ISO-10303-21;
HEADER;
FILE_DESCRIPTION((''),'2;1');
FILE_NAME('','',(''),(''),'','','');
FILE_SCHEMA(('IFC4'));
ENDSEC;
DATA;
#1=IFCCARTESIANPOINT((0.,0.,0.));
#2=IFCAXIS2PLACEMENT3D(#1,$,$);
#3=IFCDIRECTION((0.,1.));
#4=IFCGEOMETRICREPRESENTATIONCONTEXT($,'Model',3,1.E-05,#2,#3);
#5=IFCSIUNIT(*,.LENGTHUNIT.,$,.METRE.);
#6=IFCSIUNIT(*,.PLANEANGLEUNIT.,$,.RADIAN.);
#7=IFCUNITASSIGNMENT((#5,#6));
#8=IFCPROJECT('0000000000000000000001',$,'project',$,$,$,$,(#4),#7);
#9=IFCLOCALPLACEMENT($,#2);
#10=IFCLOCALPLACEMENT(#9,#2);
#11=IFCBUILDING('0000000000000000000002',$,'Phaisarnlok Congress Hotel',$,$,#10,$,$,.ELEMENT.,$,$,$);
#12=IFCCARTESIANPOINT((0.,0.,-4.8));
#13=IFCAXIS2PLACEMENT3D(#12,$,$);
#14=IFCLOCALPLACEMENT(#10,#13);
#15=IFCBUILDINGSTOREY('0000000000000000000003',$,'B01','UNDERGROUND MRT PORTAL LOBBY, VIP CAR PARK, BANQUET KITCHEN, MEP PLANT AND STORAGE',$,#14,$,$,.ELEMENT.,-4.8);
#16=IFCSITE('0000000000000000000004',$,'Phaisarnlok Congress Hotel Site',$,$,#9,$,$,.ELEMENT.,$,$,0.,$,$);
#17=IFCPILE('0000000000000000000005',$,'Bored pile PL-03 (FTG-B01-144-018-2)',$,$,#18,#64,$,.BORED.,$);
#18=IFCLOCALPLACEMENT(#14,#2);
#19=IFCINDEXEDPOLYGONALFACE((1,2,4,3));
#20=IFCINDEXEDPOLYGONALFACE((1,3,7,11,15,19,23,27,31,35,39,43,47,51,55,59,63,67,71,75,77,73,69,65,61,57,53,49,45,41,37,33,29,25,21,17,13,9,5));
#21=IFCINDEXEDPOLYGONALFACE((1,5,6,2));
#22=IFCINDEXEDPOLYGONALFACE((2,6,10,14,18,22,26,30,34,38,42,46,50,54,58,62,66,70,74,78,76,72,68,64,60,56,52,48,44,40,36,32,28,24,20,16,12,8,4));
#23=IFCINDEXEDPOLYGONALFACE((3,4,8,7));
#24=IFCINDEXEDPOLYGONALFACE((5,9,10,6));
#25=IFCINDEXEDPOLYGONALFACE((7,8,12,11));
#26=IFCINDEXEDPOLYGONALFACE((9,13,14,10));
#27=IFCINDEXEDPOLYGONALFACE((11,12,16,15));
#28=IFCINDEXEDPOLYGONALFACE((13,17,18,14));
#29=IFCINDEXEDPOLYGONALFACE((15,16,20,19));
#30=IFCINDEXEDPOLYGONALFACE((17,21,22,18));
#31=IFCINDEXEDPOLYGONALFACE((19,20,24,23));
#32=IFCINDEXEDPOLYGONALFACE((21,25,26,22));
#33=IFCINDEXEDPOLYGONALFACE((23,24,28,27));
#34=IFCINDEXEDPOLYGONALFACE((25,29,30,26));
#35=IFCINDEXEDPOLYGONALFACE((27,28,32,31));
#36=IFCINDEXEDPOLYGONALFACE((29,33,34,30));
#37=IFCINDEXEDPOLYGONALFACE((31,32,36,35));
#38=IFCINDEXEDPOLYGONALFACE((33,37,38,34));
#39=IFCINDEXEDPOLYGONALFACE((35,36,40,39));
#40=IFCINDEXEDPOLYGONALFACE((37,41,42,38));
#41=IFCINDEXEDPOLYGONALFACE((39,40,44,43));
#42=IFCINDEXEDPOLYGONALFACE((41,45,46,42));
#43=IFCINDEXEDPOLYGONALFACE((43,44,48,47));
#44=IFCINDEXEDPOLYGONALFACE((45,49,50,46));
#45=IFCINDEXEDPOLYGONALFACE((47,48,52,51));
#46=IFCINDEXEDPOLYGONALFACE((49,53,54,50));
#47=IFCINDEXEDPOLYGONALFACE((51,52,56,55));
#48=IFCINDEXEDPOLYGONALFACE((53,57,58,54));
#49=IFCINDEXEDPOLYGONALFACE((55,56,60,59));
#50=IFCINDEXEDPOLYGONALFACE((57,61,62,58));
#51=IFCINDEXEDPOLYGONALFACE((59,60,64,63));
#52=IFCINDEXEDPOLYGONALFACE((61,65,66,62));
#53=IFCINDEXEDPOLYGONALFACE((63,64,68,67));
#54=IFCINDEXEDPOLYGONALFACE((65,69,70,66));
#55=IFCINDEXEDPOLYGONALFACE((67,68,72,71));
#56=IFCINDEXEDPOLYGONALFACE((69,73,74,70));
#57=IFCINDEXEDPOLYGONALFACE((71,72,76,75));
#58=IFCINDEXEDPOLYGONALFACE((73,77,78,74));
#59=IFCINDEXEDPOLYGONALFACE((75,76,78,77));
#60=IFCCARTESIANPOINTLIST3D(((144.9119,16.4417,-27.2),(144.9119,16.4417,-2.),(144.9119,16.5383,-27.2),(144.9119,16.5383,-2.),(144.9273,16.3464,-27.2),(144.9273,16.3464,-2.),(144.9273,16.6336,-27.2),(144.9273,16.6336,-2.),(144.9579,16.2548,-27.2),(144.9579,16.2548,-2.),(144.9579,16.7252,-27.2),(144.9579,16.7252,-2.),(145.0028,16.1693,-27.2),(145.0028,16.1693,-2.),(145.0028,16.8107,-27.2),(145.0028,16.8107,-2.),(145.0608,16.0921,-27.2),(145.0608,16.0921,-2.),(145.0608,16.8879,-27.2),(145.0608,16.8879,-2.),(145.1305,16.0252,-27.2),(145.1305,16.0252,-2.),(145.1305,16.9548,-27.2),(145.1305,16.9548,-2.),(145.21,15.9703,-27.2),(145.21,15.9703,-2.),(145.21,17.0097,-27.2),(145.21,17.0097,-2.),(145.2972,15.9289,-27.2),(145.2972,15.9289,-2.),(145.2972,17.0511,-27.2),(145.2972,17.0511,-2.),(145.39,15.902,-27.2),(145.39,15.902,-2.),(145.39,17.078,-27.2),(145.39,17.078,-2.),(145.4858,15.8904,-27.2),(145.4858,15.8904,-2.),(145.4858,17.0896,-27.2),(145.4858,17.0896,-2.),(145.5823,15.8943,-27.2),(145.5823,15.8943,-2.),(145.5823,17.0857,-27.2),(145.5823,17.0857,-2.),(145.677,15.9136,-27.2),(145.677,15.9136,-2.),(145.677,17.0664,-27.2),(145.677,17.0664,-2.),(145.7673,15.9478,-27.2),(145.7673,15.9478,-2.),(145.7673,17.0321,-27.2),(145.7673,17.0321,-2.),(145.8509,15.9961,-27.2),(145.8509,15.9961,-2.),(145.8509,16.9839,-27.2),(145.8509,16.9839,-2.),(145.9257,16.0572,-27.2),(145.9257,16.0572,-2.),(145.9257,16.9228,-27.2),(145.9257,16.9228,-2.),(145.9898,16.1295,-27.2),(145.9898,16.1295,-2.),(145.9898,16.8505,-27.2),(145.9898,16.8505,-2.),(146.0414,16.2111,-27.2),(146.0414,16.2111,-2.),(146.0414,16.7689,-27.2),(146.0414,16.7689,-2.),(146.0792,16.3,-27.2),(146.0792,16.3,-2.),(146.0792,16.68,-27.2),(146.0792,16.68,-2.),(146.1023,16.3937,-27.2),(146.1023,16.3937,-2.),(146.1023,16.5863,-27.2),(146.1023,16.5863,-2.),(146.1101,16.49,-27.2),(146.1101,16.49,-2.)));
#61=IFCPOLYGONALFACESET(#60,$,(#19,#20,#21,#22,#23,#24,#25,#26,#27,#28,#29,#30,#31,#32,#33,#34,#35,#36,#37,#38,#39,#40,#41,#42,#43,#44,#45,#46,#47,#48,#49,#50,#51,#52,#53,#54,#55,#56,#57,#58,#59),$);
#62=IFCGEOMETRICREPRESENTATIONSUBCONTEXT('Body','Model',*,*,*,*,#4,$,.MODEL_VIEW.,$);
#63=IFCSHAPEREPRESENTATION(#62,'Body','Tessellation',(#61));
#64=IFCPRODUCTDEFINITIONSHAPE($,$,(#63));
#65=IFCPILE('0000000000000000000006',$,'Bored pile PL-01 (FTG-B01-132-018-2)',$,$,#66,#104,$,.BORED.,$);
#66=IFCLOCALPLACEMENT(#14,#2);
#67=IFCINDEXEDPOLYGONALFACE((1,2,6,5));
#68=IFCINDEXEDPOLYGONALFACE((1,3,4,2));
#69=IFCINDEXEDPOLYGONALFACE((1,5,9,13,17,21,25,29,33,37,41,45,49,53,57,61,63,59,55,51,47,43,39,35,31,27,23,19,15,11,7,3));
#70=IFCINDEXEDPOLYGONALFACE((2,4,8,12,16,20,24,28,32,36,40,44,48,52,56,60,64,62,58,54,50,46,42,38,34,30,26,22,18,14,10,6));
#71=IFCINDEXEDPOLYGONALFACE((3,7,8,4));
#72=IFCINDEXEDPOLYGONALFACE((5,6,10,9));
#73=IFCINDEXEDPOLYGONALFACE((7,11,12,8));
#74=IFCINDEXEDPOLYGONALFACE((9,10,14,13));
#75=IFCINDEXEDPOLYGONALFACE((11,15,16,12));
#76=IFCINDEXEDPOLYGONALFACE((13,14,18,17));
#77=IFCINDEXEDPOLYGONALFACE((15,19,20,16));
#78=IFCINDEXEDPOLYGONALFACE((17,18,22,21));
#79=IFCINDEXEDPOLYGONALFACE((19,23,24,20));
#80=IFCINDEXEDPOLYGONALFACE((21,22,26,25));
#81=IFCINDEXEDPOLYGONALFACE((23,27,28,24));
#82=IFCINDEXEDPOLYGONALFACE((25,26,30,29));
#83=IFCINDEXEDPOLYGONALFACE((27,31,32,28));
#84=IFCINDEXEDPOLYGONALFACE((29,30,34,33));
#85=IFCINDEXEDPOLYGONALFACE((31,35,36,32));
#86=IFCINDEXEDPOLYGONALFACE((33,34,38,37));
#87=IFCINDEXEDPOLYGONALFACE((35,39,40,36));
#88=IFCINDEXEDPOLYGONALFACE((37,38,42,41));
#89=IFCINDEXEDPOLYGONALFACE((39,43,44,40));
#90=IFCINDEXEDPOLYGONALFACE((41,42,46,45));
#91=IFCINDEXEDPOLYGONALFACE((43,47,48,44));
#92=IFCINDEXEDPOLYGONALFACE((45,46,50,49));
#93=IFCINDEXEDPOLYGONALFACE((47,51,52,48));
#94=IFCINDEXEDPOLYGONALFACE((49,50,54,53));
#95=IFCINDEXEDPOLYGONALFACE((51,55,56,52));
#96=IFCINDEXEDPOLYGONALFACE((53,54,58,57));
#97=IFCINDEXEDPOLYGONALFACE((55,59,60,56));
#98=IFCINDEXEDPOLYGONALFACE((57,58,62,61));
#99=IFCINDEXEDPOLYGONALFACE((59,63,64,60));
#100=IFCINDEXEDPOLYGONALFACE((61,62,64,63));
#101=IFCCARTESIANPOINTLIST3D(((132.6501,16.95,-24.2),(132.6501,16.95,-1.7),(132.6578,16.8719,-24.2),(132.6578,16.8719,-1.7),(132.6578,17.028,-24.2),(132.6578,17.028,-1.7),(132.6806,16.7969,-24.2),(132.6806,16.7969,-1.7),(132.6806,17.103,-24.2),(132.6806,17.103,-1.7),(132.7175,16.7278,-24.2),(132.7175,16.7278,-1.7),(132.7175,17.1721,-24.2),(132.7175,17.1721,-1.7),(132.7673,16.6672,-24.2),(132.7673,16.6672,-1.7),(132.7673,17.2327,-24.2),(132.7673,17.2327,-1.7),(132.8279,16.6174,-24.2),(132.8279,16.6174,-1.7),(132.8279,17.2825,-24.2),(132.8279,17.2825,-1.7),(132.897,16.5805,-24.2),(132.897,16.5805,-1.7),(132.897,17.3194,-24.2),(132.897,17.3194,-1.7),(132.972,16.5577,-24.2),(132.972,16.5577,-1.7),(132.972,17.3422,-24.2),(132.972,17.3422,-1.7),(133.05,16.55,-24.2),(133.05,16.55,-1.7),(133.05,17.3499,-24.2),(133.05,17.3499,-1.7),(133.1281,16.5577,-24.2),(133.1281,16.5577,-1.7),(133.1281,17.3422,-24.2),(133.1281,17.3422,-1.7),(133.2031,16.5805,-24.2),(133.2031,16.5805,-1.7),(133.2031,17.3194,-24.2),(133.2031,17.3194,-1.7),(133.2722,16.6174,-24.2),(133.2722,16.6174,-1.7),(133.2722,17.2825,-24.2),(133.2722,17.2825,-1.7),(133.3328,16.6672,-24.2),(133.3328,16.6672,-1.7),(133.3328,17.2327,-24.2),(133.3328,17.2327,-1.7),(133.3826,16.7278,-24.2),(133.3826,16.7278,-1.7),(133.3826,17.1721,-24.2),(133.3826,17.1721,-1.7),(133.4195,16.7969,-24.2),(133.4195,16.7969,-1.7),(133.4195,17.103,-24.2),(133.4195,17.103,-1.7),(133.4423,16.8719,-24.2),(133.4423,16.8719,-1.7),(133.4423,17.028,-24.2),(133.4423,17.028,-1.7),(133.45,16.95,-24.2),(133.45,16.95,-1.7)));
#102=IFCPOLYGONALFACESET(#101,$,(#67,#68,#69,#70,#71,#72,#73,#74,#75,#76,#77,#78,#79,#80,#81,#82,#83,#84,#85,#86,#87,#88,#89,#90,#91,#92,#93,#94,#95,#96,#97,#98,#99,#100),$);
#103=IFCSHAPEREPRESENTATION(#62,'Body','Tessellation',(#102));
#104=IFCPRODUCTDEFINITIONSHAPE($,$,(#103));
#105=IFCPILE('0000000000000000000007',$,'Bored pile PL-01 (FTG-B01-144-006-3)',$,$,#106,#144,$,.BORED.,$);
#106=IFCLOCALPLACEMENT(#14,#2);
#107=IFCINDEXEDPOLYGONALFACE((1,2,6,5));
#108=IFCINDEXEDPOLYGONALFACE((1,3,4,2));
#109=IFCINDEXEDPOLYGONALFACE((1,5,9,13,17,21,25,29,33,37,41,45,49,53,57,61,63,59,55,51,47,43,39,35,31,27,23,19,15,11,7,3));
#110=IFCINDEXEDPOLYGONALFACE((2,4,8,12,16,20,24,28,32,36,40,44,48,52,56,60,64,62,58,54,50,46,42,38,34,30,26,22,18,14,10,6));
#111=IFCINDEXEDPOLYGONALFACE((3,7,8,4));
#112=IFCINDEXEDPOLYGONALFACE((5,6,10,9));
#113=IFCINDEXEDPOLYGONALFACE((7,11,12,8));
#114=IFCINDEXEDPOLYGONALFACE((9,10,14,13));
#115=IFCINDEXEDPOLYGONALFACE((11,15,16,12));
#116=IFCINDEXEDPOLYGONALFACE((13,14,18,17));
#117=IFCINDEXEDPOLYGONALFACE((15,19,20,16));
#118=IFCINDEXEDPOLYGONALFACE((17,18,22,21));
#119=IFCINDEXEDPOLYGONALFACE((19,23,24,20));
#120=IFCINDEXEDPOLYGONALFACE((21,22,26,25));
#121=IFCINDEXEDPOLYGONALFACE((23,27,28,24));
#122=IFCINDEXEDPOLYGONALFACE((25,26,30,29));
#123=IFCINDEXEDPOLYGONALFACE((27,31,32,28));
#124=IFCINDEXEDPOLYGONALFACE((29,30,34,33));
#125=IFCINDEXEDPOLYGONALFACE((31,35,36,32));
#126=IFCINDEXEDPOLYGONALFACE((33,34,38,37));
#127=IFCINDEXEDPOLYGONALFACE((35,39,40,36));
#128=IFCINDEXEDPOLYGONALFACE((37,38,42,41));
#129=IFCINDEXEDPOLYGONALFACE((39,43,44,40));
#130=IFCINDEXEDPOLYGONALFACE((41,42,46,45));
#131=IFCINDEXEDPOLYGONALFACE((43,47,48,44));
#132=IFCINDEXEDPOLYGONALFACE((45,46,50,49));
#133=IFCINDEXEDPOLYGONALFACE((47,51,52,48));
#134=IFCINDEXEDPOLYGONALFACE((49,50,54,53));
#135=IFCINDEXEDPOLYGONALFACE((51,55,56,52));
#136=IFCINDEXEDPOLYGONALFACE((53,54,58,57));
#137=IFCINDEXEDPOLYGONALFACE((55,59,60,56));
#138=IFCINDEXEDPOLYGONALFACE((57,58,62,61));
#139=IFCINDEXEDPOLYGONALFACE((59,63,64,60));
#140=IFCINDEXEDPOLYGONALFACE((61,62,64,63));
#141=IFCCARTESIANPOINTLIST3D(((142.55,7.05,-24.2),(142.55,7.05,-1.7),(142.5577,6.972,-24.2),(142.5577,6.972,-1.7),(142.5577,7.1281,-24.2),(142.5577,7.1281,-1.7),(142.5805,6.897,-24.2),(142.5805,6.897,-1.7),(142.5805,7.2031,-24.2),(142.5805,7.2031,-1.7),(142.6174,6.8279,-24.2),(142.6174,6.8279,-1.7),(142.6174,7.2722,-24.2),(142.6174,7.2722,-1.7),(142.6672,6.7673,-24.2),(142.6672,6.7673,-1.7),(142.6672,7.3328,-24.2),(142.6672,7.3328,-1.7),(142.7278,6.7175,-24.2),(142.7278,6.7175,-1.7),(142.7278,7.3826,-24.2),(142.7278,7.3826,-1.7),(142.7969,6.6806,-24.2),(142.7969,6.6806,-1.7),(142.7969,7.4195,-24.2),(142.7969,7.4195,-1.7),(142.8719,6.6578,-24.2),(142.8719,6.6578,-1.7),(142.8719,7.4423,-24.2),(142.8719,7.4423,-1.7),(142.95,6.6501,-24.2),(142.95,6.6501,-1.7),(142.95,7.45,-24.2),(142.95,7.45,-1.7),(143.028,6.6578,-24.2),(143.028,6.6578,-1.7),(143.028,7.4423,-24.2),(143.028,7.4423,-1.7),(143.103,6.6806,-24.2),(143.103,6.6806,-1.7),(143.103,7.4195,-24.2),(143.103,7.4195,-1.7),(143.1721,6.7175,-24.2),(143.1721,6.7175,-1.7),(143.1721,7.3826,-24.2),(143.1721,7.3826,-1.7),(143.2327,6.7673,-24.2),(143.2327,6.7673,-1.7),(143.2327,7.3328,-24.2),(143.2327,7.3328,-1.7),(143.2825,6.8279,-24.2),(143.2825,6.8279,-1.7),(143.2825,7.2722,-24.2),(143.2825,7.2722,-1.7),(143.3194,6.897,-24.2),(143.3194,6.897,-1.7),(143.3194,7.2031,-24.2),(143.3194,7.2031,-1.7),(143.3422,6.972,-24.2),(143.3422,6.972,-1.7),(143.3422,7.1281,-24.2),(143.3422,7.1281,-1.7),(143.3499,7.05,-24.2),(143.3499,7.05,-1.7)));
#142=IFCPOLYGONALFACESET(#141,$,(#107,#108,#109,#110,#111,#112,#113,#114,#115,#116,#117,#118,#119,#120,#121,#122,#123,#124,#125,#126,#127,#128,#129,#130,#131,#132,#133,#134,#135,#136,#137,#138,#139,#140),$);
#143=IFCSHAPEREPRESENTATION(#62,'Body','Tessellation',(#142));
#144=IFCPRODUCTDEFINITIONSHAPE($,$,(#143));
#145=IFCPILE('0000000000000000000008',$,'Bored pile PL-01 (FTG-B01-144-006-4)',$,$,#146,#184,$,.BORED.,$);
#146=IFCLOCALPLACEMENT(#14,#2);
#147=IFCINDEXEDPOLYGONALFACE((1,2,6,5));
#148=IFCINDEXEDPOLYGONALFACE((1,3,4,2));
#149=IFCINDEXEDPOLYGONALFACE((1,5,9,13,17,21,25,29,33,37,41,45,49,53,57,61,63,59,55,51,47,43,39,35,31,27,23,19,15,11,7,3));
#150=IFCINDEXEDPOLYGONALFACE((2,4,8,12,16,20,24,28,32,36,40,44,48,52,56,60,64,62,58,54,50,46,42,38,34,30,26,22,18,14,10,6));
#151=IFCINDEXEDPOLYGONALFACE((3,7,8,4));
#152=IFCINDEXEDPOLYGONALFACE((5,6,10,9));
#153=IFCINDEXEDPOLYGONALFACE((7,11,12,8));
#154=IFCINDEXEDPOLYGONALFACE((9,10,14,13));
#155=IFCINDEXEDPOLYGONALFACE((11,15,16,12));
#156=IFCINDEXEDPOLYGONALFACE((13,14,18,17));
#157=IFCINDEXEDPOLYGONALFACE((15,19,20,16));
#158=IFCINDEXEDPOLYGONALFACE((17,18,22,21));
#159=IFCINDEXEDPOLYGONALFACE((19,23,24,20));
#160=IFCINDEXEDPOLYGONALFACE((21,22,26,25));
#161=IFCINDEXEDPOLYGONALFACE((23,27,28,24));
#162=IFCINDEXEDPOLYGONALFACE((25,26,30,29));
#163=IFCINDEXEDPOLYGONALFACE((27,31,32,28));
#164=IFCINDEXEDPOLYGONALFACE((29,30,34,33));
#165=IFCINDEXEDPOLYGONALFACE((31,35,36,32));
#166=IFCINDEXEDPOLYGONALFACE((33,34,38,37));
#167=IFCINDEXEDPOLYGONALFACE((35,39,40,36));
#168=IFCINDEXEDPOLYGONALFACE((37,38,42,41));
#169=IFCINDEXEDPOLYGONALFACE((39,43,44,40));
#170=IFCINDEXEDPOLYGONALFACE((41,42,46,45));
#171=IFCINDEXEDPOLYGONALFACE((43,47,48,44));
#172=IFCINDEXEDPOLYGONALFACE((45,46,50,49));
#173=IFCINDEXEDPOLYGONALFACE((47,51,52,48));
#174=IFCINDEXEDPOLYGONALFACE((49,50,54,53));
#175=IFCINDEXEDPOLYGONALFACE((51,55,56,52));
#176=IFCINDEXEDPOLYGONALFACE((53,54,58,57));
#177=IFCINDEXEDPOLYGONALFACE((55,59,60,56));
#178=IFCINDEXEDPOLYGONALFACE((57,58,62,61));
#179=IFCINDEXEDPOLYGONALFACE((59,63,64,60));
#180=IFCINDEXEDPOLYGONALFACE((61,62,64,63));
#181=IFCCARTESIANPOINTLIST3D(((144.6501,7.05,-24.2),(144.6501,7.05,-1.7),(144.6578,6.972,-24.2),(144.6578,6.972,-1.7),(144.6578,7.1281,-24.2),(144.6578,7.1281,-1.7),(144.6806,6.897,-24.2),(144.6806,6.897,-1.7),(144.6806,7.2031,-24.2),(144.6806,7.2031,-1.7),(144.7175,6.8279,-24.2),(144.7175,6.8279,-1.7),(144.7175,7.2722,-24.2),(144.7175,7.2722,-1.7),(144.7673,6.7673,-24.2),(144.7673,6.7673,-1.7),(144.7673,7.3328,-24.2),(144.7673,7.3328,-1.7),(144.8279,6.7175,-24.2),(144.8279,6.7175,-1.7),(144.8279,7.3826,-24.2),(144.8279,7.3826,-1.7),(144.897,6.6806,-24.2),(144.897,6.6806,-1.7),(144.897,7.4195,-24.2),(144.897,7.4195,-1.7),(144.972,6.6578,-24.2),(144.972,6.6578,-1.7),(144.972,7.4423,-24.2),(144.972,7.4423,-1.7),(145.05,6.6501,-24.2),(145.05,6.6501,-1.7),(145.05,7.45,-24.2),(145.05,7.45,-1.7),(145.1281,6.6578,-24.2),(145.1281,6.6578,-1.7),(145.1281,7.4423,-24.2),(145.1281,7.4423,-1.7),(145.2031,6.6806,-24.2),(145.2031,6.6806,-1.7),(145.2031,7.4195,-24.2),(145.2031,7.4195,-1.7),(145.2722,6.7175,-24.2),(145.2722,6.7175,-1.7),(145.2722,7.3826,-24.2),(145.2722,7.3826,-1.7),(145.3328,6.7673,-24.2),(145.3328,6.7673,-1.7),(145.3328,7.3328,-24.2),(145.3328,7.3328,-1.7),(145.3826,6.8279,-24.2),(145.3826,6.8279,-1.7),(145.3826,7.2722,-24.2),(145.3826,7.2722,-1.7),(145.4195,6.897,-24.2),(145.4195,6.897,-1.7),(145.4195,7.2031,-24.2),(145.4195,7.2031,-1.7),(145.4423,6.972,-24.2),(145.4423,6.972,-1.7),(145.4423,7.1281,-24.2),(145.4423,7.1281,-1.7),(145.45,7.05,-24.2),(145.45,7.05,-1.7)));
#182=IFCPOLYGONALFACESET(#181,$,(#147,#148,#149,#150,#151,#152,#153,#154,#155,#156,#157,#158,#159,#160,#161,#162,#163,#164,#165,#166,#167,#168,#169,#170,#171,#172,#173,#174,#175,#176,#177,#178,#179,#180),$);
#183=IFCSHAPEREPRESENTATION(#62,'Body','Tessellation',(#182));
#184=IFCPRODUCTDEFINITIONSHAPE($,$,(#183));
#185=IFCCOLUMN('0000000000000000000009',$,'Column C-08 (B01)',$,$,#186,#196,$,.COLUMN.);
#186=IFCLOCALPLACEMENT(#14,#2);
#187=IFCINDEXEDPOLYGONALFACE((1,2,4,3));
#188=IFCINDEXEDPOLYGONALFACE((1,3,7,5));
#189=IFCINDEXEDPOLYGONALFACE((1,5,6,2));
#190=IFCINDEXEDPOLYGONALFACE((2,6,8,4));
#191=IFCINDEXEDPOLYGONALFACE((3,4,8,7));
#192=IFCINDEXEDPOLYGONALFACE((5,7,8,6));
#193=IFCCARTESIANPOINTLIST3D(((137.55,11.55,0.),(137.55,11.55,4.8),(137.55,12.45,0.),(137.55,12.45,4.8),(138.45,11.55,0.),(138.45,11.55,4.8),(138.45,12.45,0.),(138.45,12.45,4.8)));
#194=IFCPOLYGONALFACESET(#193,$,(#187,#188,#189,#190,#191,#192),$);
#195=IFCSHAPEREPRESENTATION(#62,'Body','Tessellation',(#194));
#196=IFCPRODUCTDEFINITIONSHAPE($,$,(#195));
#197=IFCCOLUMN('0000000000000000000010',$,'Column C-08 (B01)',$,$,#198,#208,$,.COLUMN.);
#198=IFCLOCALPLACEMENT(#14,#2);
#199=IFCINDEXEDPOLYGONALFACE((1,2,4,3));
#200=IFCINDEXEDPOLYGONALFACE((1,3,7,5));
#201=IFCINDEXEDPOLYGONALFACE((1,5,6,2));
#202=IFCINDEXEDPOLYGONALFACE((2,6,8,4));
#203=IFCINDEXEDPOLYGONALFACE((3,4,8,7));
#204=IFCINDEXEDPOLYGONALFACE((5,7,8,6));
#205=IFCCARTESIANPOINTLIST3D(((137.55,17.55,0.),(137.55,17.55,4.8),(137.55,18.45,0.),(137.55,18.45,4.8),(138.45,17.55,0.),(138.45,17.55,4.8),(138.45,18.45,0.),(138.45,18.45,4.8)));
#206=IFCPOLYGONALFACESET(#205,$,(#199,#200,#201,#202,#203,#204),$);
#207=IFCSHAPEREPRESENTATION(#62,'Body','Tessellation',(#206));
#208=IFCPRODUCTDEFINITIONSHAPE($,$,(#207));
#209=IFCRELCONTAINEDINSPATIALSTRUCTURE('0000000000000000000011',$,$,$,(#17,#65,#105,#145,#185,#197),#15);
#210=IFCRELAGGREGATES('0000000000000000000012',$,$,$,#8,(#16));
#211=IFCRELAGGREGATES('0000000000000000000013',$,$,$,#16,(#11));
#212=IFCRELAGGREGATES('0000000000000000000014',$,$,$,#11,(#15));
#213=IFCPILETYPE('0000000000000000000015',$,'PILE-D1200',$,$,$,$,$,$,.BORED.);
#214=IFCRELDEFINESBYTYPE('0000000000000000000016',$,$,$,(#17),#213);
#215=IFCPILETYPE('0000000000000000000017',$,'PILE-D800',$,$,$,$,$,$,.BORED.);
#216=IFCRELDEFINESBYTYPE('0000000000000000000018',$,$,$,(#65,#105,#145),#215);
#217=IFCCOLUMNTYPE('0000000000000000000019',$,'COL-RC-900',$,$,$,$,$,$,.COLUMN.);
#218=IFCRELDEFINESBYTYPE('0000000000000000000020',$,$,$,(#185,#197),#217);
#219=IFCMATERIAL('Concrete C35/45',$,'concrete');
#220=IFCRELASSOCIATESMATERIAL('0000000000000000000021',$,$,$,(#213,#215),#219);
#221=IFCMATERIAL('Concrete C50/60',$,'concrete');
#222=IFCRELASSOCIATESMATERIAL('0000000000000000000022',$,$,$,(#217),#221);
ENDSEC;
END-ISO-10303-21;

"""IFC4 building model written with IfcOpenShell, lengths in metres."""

from ifc_helpers import new_model, si_unit, direction, frame, origin, origin_2d, place, context, subcontext, project, spatial, rectangle, circle, extrude, material, material_profile, profile_set, type_object, element, save


model = new_model("IFC4")

# Units and contexts
model_context = context("Model", 3, precision=1e-05, world=origin(), true_north=direction((0.0, 1.0)))
body_context = subcontext(model_context, "Body", "Model", "MODEL_VIEW")
ifc_project = project(units=[si_unit("LENGTHUNIT", "METRE"), si_unit("PLANEANGLEUNIT", "RADIAN")], contexts=[model_context])

# Site, building, storey
site_placement = place(None, origin())
site = spatial("IfcSite", under=ifc_project, at=site_placement, Name="Phaisarnlok Congress Hotel Site", CompositionType="ELEMENT", RefElevation=0.0)
building_placement = place(site_placement, origin())
building = spatial("IfcBuilding", under=site, at=building_placement, Name="Phaisarnlok Congress Hotel", CompositionType="ELEMENT")
storey_placement = place(building_placement, frame((0.0, 0.0, -4.8)))
storey = spatial("IfcBuildingStorey", under=building, at=storey_placement, Name="B01", Description="UNDERGROUND MRT PORTAL LOBBY, VIP CAR PARK, BANQUET KITCHEN, MEP PLANT AND STORAGE", CompositionType="ELEMENT", Elevation=-4.8)

# Piles
ifc_material_1 = material(Name="Concrete C35/45", Category="concrete")
ifc_material_profile_1 = material_profile(ifc_material_1, circle(Radius=0.6001, at=origin_2d()), Name="BORED PILE D1200")
ifc_profile_set_1 = profile_set([ifc_material_profile_1], Name="Concrete C35/45")
pile_type_1 = type_object("IfcPileType", Name="PILE-D1200", PredefinedType="BORED", material=ifc_profile_set_1)
for number, where, z_axis, x_axis, name in (
    (1, (145.51, 16.49, -2.0), (0.0, 0.0, -1.0), (1.0, 0.0, 0.0), "Bored pile PL-03 (FTG-B01-144-018-2)"),
):
    element("IfcPile", number, at=place(storey_placement, frame(where, z_axis=z_axis, x_axis=x_axis)), inside=storey, type_object=pile_type_1, Name=name, PredefinedType="BORED", context=body_context, shape_type="SweptSolid", body=[
        extrude(circle(Radius=0.6001, at=origin_2d()), origin(), (0.0, 0.0, 1.0), 25.2),
    ])
ifc_material_profile_2 = material_profile(ifc_material_1, circle(Radius=0.3999, at=origin_2d()), Name="BORED PILE D800")
ifc_profile_set_2 = profile_set([ifc_material_profile_2], Name="Concrete C35/45")
pile_type_2 = type_object("IfcPileType", Name="PILE-D800", PredefinedType="BORED", material=ifc_profile_set_2)
for number, where, z_axis, x_axis, name in (
    (2, (133.05, 16.95, -1.7), (0.0, 0.0, -1.0), (1.0, 0.0, 0.0), "Bored pile PL-01 (FTG-B01-132-018-2)"),
    (3, (142.95, 7.05, -1.7), (0.0, 0.0, -1.0), (1.0, 0.0, 0.0), "Bored pile PL-01 (FTG-B01-144-006-3)"),
    (4, (145.05, 7.05, -1.7), (0.0, 0.0, -1.0), (1.0, 0.0, 0.0), "Bored pile PL-01 (FTG-B01-144-006-4)"),
):
    element("IfcPile", number, at=place(storey_placement, frame(where, z_axis=z_axis, x_axis=x_axis)), inside=storey, type_object=pile_type_2, Name=name, PredefinedType="BORED", context=body_context, shape_type="SweptSolid", body=[
        extrude(circle(Radius=0.3999, at=origin_2d()), origin(), (0.0, 0.0, 1.0), 22.5),
    ])

# Columns
ifc_material_2 = material(Name="Concrete C50/60", Category="concrete")
ifc_material_profile_3 = material_profile(ifc_material_2, rectangle(XDim=0.8999, YDim=0.8999, at=origin_2d()), Name="RC 900x900")
ifc_profile_set_3 = profile_set([ifc_material_profile_3], Name="Concrete C50/60")
column_type = type_object("IfcColumnType", Name="COL-RC-900", PredefinedType="COLUMN", material=ifc_profile_set_3)
for number, where, z_axis, x_axis, name in (
    (5, (138.0, 12.0, 0.0), (0.0, 0.0, 1.0), (1.0, 0.0, 0.0), "Column C-08 (B01)"),
    (6, (138.0, 18.0, 0.0), (0.0, 0.0, 1.0), (1.0, 0.0, 0.0), "Column C-08 (B01)"),
):
    element("IfcColumn", number, at=place(storey_placement, frame(where, z_axis=z_axis, x_axis=x_axis)), inside=storey, type_object=column_type, Name=name, PredefinedType="COLUMN", context=body_context, shape_type="SweptSolid", body=[
        extrude(rectangle(XDim=0.8999, YDim=0.8999, at=origin_2d()), origin(), (0.0, 0.0, 1.0), 4.8),
    ])

save(model, "model.ifc")
